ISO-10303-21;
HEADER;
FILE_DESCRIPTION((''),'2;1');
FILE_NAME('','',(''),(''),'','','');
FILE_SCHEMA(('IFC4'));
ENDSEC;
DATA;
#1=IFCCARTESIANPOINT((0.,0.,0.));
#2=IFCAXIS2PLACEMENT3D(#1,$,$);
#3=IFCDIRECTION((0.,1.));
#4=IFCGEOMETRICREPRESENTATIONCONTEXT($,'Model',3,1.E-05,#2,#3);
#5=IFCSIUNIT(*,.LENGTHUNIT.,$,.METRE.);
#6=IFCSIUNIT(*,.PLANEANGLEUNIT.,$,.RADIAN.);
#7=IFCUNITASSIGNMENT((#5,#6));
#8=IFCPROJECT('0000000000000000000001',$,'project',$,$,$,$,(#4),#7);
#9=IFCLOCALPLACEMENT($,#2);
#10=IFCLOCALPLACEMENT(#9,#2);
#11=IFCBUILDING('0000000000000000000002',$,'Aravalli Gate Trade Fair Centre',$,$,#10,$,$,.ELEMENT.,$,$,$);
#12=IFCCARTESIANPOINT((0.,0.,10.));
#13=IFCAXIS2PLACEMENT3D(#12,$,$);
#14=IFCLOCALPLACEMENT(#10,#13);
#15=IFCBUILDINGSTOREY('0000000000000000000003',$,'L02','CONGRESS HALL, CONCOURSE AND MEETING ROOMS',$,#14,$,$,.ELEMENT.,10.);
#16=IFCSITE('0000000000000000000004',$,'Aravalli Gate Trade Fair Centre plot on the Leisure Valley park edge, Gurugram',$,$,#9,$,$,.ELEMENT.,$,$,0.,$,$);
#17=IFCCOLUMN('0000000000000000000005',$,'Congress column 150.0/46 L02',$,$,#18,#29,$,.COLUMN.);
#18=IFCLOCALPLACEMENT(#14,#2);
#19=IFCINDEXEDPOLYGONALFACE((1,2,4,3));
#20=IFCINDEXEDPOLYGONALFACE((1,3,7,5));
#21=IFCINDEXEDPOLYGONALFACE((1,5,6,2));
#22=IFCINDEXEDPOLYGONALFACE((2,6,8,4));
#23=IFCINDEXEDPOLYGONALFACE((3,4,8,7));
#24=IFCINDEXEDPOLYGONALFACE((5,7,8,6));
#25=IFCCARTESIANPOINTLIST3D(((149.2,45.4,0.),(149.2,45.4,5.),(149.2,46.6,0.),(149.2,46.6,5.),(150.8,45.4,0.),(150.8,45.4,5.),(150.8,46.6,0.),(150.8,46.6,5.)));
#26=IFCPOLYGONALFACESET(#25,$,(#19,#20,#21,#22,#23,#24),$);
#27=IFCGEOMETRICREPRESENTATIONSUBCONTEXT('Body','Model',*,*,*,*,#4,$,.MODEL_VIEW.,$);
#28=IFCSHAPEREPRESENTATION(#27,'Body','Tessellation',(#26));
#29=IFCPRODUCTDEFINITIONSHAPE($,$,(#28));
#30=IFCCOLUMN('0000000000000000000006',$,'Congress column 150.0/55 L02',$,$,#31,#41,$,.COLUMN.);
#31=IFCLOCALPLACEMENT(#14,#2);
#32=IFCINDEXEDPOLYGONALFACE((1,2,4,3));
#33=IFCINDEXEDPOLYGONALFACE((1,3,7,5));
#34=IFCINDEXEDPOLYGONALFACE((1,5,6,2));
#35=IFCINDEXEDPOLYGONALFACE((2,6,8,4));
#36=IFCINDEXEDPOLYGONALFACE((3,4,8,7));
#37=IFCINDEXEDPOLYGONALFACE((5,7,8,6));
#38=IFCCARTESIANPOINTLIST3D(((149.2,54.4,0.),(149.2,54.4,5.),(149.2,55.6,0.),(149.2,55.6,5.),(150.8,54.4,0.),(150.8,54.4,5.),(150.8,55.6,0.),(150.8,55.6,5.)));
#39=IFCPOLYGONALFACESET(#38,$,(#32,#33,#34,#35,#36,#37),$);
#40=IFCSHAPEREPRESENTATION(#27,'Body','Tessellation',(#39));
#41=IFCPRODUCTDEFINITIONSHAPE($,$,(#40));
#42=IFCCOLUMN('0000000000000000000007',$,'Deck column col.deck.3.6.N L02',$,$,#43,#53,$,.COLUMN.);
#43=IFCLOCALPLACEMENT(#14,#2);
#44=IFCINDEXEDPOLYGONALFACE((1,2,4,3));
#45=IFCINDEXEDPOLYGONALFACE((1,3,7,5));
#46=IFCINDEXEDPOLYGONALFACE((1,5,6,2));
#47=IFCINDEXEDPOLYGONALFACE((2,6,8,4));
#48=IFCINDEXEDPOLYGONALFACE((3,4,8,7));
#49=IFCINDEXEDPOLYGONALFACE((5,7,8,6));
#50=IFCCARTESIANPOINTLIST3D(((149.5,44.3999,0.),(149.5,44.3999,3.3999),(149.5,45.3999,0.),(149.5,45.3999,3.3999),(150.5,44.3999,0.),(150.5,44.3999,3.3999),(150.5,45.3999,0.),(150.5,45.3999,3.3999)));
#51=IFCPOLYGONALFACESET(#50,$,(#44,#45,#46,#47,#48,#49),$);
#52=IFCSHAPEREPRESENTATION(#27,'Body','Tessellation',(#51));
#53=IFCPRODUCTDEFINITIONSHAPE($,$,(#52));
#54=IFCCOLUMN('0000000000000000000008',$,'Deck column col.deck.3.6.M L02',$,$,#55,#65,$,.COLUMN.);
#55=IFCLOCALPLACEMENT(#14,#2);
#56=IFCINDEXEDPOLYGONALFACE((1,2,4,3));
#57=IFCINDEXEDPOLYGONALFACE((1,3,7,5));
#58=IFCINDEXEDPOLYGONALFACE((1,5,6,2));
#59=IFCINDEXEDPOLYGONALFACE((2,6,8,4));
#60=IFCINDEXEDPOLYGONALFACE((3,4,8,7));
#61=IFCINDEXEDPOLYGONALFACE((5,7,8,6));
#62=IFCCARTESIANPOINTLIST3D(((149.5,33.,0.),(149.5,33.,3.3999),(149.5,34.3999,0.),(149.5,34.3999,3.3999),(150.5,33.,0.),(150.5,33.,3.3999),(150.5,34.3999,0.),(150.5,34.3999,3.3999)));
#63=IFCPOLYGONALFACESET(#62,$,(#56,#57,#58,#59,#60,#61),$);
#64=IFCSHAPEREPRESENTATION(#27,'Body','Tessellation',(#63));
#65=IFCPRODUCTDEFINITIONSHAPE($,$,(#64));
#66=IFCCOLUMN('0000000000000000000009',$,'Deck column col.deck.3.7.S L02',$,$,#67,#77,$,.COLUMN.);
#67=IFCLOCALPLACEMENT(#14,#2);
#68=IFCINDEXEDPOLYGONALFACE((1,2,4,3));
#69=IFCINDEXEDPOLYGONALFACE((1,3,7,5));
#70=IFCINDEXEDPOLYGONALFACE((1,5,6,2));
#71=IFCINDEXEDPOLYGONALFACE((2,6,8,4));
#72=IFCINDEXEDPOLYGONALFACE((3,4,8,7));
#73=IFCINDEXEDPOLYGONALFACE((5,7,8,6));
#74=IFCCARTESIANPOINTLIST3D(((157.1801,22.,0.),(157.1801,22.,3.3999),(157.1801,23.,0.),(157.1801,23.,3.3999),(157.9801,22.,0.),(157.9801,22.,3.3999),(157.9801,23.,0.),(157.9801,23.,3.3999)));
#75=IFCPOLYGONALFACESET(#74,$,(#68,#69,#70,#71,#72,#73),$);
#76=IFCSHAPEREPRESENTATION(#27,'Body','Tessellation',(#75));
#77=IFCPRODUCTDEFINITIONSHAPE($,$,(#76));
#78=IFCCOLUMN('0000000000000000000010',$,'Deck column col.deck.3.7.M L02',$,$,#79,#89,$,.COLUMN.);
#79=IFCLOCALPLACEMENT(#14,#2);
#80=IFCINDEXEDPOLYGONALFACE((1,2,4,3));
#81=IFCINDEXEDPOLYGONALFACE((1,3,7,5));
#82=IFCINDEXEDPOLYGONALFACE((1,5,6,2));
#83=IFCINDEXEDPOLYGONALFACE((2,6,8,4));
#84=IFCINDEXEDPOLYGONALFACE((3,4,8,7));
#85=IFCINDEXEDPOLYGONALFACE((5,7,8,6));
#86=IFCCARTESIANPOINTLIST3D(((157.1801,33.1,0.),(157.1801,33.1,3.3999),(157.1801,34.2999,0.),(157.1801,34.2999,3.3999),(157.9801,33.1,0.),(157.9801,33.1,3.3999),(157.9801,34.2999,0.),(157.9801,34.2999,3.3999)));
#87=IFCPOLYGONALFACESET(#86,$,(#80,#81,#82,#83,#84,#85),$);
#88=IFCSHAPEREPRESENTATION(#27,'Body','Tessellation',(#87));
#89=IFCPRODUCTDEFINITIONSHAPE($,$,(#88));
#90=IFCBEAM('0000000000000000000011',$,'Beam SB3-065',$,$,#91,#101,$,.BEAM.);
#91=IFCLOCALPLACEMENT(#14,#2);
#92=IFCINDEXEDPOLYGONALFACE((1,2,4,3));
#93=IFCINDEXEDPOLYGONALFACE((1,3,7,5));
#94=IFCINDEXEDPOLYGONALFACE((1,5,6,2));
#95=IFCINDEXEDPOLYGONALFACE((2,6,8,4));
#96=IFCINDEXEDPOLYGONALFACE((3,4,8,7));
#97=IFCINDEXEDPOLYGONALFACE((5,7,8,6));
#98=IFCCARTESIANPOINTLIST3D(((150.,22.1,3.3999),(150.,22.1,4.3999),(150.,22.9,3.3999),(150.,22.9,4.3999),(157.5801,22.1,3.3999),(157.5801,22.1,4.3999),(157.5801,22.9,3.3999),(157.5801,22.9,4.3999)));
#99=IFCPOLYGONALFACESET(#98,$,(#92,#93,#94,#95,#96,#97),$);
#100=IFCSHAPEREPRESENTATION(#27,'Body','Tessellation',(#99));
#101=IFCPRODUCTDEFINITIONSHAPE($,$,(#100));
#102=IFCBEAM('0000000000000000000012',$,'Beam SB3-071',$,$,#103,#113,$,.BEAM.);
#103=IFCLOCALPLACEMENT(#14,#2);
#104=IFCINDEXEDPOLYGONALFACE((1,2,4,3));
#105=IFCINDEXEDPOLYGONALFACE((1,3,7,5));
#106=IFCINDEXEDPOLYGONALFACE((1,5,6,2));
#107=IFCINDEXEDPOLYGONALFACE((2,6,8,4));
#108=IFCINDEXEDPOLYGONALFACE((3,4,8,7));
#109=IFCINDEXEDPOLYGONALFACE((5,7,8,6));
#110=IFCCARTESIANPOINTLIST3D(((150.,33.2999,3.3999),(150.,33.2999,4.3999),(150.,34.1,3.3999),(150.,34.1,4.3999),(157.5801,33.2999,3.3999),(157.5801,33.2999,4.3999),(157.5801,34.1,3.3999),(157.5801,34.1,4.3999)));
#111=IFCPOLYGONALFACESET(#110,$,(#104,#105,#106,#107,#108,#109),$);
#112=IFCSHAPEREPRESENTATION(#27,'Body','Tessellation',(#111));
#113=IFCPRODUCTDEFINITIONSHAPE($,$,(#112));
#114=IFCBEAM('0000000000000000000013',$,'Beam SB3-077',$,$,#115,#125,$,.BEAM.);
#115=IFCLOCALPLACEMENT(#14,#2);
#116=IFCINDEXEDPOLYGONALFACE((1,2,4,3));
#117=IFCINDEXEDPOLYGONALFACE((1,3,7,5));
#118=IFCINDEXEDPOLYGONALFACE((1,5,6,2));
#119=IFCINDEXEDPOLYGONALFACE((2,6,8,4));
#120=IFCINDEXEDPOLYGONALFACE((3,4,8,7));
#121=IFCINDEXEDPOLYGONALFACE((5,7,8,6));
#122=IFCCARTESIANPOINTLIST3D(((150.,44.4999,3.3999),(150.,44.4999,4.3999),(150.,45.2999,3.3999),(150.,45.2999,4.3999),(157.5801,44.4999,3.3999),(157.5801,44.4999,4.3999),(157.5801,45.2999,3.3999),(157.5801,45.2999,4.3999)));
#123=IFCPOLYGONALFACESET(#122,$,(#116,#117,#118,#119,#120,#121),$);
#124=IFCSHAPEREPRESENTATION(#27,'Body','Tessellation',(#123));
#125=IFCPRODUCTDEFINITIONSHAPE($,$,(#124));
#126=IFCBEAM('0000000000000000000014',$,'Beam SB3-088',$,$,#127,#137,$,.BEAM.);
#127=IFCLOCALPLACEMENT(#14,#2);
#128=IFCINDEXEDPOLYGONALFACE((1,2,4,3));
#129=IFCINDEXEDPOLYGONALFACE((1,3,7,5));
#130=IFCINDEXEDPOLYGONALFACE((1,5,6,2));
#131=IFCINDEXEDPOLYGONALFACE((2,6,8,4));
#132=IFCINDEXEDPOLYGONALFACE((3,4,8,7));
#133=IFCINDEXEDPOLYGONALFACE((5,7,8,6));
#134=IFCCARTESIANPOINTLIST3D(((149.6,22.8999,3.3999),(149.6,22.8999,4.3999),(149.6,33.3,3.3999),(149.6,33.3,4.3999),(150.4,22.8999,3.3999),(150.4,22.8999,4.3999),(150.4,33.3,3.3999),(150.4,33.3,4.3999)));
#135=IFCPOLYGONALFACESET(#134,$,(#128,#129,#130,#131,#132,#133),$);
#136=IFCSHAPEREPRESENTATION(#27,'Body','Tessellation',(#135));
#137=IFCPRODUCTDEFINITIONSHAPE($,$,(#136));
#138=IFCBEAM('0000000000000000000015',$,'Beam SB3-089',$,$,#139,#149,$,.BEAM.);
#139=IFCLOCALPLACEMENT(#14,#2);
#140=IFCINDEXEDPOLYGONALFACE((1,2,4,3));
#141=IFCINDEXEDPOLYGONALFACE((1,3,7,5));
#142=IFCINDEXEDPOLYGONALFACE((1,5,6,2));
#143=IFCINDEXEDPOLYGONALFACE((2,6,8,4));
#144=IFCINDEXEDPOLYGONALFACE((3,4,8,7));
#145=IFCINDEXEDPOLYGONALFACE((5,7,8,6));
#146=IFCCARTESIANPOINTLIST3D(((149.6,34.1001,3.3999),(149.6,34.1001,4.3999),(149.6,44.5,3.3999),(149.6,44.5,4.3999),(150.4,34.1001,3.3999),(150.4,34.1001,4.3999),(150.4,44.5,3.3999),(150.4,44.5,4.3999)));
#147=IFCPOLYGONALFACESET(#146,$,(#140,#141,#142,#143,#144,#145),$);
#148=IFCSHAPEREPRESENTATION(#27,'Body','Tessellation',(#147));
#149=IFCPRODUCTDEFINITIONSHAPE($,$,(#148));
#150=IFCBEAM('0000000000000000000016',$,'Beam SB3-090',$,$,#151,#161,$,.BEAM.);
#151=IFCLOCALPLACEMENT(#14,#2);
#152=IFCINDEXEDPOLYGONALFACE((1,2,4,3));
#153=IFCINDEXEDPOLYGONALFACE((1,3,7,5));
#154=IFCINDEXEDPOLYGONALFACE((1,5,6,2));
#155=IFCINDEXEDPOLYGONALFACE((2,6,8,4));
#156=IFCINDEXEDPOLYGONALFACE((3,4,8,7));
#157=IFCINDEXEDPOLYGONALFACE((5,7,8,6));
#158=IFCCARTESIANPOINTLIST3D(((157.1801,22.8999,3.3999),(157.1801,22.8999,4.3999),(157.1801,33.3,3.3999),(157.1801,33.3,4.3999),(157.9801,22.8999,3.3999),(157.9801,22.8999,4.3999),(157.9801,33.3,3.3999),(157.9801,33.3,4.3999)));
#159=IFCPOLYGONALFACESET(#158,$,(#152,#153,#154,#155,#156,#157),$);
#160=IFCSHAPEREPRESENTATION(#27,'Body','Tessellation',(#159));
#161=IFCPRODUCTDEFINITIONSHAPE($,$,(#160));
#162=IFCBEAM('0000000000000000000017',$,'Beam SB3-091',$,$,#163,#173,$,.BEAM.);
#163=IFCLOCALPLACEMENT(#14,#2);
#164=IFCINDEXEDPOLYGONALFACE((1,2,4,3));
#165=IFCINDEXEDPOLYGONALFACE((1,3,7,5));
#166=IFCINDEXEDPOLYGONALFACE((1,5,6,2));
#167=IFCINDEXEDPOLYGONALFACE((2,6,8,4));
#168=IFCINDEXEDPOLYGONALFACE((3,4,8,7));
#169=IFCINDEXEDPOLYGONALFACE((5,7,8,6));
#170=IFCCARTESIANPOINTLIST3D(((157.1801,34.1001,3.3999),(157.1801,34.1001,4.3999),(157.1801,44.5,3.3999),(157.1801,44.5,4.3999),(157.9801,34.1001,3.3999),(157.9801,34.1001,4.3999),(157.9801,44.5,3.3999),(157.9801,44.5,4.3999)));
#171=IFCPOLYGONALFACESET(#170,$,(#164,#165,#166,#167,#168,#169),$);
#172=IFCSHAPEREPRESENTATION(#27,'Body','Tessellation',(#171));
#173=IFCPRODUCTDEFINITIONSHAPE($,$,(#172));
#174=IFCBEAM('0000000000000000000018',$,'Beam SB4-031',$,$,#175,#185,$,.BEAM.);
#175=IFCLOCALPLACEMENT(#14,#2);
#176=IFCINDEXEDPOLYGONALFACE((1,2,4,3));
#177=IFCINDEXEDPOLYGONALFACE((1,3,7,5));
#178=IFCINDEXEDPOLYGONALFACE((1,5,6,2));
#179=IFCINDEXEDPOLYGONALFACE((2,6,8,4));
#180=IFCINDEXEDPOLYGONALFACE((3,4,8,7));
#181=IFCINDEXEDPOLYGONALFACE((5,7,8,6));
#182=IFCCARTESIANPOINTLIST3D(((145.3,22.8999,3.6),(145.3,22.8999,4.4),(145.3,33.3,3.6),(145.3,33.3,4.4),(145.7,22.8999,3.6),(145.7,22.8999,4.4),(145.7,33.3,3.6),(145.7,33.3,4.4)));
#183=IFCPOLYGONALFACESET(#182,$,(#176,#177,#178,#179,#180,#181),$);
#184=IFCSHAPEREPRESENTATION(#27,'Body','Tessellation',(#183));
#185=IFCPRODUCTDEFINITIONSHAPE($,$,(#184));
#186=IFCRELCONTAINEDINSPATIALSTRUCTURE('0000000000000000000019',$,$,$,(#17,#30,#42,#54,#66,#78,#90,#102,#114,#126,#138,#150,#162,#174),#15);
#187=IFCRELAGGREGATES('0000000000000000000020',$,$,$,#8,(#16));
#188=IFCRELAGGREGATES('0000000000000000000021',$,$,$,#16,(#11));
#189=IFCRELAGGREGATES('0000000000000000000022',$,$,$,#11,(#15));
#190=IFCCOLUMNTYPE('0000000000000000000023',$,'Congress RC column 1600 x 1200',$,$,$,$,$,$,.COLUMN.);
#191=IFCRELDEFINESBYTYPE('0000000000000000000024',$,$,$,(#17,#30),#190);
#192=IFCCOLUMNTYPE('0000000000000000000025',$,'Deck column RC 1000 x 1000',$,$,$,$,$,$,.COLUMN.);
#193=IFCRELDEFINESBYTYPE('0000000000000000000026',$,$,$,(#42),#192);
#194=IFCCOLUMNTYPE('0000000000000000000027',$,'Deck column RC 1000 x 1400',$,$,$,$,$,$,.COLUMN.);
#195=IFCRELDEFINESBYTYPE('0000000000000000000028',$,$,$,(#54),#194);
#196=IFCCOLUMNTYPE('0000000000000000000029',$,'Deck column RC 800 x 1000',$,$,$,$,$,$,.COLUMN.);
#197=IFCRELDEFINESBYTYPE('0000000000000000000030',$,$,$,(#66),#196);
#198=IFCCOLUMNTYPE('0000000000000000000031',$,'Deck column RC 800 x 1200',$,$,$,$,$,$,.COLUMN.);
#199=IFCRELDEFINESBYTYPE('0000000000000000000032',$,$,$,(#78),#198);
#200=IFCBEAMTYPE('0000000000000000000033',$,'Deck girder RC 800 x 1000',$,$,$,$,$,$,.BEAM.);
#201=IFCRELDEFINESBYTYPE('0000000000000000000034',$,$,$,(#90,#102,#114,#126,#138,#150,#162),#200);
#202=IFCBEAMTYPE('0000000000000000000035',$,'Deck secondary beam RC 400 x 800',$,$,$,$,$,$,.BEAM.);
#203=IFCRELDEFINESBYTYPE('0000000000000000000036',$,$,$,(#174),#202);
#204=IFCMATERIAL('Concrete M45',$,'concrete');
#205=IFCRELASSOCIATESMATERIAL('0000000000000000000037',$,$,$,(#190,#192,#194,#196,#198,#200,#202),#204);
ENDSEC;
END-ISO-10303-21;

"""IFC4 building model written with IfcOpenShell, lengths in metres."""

from ifc_helpers import new_model, si_unit, direction, frame, origin, origin_2d, place, context, subcontext, project, spatial, rectangle, extrude, material, material_profile, profile_set, type_object, element, save


model = new_model("IFC4")

# Units and contexts
model_context = context("Model", 3, precision=1e-05, world=origin(), true_north=direction((0.0, 1.0)))
body_context = subcontext(model_context, "Body", "Model", "MODEL_VIEW")
ifc_project = project(units=[si_unit("LENGTHUNIT", "METRE"), si_unit("PLANEANGLEUNIT", "RADIAN")], contexts=[model_context])

# Site, building, storey
site_placement = place(None, origin())
site = spatial("IfcSite", under=ifc_project, at=site_placement, Name="Aravalli Gate Trade Fair Centre plot on the Leisure Valley park edge, Gurugram", CompositionType="ELEMENT", RefElevation=0.0)
building_placement = place(site_placement, origin())
building = spatial("IfcBuilding", under=site, at=building_placement, Name="Aravalli Gate Trade Fair Centre", CompositionType="ELEMENT")
storey_placement = place(building_placement, frame((0.0, 0.0, 10.0)))
storey = spatial("IfcBuildingStorey", under=building, at=storey_placement, Name="L02", Description="CONGRESS HALL, CONCOURSE AND MEETING ROOMS", CompositionType="ELEMENT", Elevation=10.0)

# Columns
ifc_material_1 = material(Name="Concrete M45", Category="concrete")
ifc_material_profile_1 = material_profile(ifc_material_1, rectangle(XDim=1.6001, YDim=1.2, at=origin_2d()), Name="RC 1600x1200")
ifc_profile_set_1 = profile_set([ifc_material_profile_1], Name="Concrete M45")
column_type_1 = type_object("IfcColumnType", Name="Congress RC column 1600 x 1200", PredefinedType="COLUMN", material=ifc_profile_set_1)
for number, where, z_axis, x_axis, name in (
    (1, (150.0, 46.0, 0.0), (0.0, 0.0, 1.0), (1.0, 0.0, 0.0), "Congress column 150.0/46 L02"),
    (2, (150.0, 55.0, 0.0), (0.0, 0.0, 1.0), (1.0, 0.0, 0.0), "Congress column 150.0/55 L02"),
):
    element("IfcColumn", number, at=place(storey_placement, frame(where, z_axis=z_axis, x_axis=x_axis)), inside=storey, type_object=column_type_1, Name=name, PredefinedType="COLUMN", context=body_context, shape_type="SweptSolid", body=[
        extrude(rectangle(XDim=1.6001, YDim=1.2, at=origin_2d()), origin(), (0.0, 0.0, 1.0), 5.0),
    ])
ifc_material_profile_2 = material_profile(ifc_material_1, rectangle(XDim=1.0, YDim=1.0, at=origin_2d()), Name="Deck column RC 1000 x 1000")
ifc_profile_set_2 = profile_set([ifc_material_profile_2], Name="Concrete M45")
column_type_2 = type_object("IfcColumnType", Name="Deck column RC 1000 x 1000", PredefinedType="COLUMN", material=ifc_profile_set_2)
column_1_placement = place(storey_placement, frame((150.0, 44.8999, 0.0), z_axis=(0.0, 0.0, 1.0), x_axis=(1.0, 0.0, 0.0)))
element("IfcColumn", 3, at=column_1_placement, inside=storey, type_object=column_type_2, Name="Deck column col.deck.3.6.N L02", PredefinedType="COLUMN", context=body_context, shape_type="SweptSolid", body=[
    extrude(rectangle(XDim=1.0, YDim=1.0, at=origin_2d()), origin(), (0.0, 0.0, 1.0), 3.3999),
])
ifc_material_profile_3 = material_profile(ifc_material_1, rectangle(XDim=1.0, YDim=1.3999, at=origin_2d()), Name="Deck column RC 1000 x 1400")
ifc_profile_set_3 = profile_set([ifc_material_profile_3], Name="Concrete M45")
column_type_3 = type_object("IfcColumnType", Name="Deck column RC 1000 x 1400", PredefinedType="COLUMN", material=ifc_profile_set_3)
column_2_placement = place(storey_placement, frame((150.0, 33.7, 0.0), z_axis=(0.0, 0.0, 1.0), x_axis=(1.0, 0.0, 0.0)))
element("IfcColumn", 4, at=column_2_placement, inside=storey, type_object=column_type_3, Name="Deck column col.deck.3.6.M L02", PredefinedType="COLUMN", context=body_context, shape_type="SweptSolid", body=[
    extrude(rectangle(XDim=1.0, YDim=1.3999, at=origin_2d()), origin(), (0.0, 0.0, 1.0), 3.3999),
])
ifc_material_profile_4 = material_profile(ifc_material_1, rectangle(XDim=0.8, YDim=1.0, at=origin_2d()), Name="Deck column RC 800 x 1000")
ifc_profile_set_4 = profile_set([ifc_material_profile_4], Name="Concrete M45")
column_type_4 = type_object("IfcColumnType", Name="Deck column RC 800 x 1000", PredefinedType="COLUMN", material=ifc_profile_set_4)
column_3_placement = place(storey_placement, frame((157.5801, 22.5, 0.0), z_axis=(0.0, 0.0, 1.0), x_axis=(1.0, 0.0, 0.0)))
element("IfcColumn", 5, at=column_3_placement, inside=storey, type_object=column_type_4, Name="Deck column col.deck.3.7.S L02", PredefinedType="COLUMN", context=body_context, shape_type="SweptSolid", body=[
    extrude(rectangle(XDim=0.8, YDim=1.0, at=origin_2d()), origin(), (0.0, 0.0, 1.0), 3.3999),
])
ifc_material_profile_5 = material_profile(ifc_material_1, rectangle(XDim=0.8, YDim=1.2, at=origin_2d()), Name="Deck column RC 800 x 1200")
ifc_profile_set_5 = profile_set([ifc_material_profile_5], Name="Concrete M45")
column_type_5 = type_object("IfcColumnType", Name="Deck column RC 800 x 1200", PredefinedType="COLUMN", material=ifc_profile_set_5)
column_4_placement = place(storey_placement, frame((157.5801, 33.7, 0.0), z_axis=(0.0, 0.0, 1.0), x_axis=(1.0, 0.0, 0.0)))
element("IfcColumn", 6, at=column_4_placement, inside=storey, type_object=column_type_5, Name="Deck column col.deck.3.7.M L02", PredefinedType="COLUMN", context=body_context, shape_type="SweptSolid", body=[
    extrude(rectangle(XDim=0.8, YDim=1.2, at=origin_2d()), origin(), (0.0, 0.0, 1.0), 3.3999),
])

# Beams
ifc_material_profile_6 = material_profile(ifc_material_1, rectangle(XDim=0.8, YDim=1.0, at=origin_2d()), Name="Deck girder RC 800 x 1000")
ifc_profile_set_6 = profile_set([ifc_material_profile_6], Name="Concrete M45")
beam_type_1 = type_object("IfcBeamType", Name="Deck girder RC 800 x 1000", PredefinedType="BEAM", material=ifc_profile_set_6)
for number, where, z_axis, x_axis, name in (
    (7, (150.0, 22.5, 3.8999), (1.0, 0.0, 0.0), (0.0, 1.0, 0.0), "Beam SB3-065"),
    (8, (150.0, 33.7, 3.8999), (1.0, 0.0, 0.0), (0.0, 1.0, 0.0), "Beam SB3-071"),
    (9, (150.0, 44.8999, 3.8999), (1.0, 0.0, 0.0), (0.0, 1.0, 0.0), "Beam SB3-077"),
):
    element("IfcBeam", number, at=place(storey_placement, frame(where, z_axis=z_axis, x_axis=x_axis)), inside=storey, type_object=beam_type_1, Name=name, PredefinedType="BEAM", context=body_context, shape_type="SweptSolid", body=[
        extrude(rectangle(XDim=0.8, YDim=1.0, at=origin_2d()), origin(), (0.0, 0.0, 1.0), 7.5801),
    ])
beam_1_placement = place(storey_placement, frame((150.0, 22.8999, 3.8999), z_axis=(0.0, 1.0, 0.0), x_axis=(-1.0, 0.0, 0.0)))
element("IfcBeam", 10, at=beam_1_placement, inside=storey, type_object=beam_type_1, Name="Beam SB3-088", PredefinedType="BEAM", context=body_context, shape_type="SweptSolid", body=[
    extrude(rectangle(XDim=0.8, YDim=1.0, at=origin_2d()), origin(), (0.0, 0.0, 1.0), 10.4001),
])
beam_2_placement = place(storey_placement, frame((150.0, 34.1001, 3.8999), z_axis=(0.0, 1.0, 0.0), x_axis=(-1.0, 0.0, 0.0)))
element("IfcBeam", 11, at=beam_2_placement, inside=storey, type_object=beam_type_1, Name="Beam SB3-089", PredefinedType="BEAM", context=body_context, shape_type="SweptSolid", body=[
    extrude(rectangle(XDim=0.8, YDim=1.0, at=origin_2d()), origin(), (0.0, 0.0, 1.0), 10.3999),
])
beam_3_placement = place(storey_placement, frame((157.5801, 22.8999, 3.8999), z_axis=(0.0, 1.0, 0.0), x_axis=(-1.0, 0.0, 0.0)))
element("IfcBeam", 12, at=beam_3_placement, inside=storey, type_object=beam_type_1, Name="Beam SB3-090", PredefinedType="BEAM", context=body_context, shape_type="SweptSolid", body=[
    extrude(rectangle(XDim=0.8, YDim=1.0, at=origin_2d()), origin(), (0.0, 0.0, 1.0), 10.4001),
])
beam_4_placement = place(storey_placement, frame((157.5801, 34.1001, 3.8999), z_axis=(0.0, 1.0, 0.0), x_axis=(-1.0, 0.0, 0.0)))
element("IfcBeam", 13, at=beam_4_placement, inside=storey, type_object=beam_type_1, Name="Beam SB3-091", PredefinedType="BEAM", context=body_context, shape_type="SweptSolid", body=[
    extrude(rectangle(XDim=0.8, YDim=1.0, at=origin_2d()), origin(), (0.0, 0.0, 1.0), 10.3999),
])
ifc_material_profile_7 = material_profile(ifc_material_1, rectangle(XDim=0.3999, YDim=0.8, at=origin_2d()), Name="Deck secondary beam RC 400 x 800")
ifc_profile_set_7 = profile_set([ifc_material_profile_7], Name="Concrete M45")
beam_type_2 = type_object("IfcBeamType", Name="Deck secondary beam RC 400 x 800", PredefinedType="BEAM", material=ifc_profile_set_7)
beam_5_placement = place(storey_placement, frame((145.5, 22.8999, 4.0), z_axis=(0.0, 1.0, 0.0), x_axis=(-1.0, 0.0, 0.0)))
element("IfcBeam", 14, at=beam_5_placement, inside=storey, type_object=beam_type_2, Name="Beam SB4-031", PredefinedType="BEAM", context=body_context, shape_type="SweptSolid", body=[
    extrude(rectangle(XDim=0.3999, YDim=0.8, at=origin_2d()), origin(), (0.0, 0.0, 1.0), 10.4001),
])

save(model, "model.ifc")
